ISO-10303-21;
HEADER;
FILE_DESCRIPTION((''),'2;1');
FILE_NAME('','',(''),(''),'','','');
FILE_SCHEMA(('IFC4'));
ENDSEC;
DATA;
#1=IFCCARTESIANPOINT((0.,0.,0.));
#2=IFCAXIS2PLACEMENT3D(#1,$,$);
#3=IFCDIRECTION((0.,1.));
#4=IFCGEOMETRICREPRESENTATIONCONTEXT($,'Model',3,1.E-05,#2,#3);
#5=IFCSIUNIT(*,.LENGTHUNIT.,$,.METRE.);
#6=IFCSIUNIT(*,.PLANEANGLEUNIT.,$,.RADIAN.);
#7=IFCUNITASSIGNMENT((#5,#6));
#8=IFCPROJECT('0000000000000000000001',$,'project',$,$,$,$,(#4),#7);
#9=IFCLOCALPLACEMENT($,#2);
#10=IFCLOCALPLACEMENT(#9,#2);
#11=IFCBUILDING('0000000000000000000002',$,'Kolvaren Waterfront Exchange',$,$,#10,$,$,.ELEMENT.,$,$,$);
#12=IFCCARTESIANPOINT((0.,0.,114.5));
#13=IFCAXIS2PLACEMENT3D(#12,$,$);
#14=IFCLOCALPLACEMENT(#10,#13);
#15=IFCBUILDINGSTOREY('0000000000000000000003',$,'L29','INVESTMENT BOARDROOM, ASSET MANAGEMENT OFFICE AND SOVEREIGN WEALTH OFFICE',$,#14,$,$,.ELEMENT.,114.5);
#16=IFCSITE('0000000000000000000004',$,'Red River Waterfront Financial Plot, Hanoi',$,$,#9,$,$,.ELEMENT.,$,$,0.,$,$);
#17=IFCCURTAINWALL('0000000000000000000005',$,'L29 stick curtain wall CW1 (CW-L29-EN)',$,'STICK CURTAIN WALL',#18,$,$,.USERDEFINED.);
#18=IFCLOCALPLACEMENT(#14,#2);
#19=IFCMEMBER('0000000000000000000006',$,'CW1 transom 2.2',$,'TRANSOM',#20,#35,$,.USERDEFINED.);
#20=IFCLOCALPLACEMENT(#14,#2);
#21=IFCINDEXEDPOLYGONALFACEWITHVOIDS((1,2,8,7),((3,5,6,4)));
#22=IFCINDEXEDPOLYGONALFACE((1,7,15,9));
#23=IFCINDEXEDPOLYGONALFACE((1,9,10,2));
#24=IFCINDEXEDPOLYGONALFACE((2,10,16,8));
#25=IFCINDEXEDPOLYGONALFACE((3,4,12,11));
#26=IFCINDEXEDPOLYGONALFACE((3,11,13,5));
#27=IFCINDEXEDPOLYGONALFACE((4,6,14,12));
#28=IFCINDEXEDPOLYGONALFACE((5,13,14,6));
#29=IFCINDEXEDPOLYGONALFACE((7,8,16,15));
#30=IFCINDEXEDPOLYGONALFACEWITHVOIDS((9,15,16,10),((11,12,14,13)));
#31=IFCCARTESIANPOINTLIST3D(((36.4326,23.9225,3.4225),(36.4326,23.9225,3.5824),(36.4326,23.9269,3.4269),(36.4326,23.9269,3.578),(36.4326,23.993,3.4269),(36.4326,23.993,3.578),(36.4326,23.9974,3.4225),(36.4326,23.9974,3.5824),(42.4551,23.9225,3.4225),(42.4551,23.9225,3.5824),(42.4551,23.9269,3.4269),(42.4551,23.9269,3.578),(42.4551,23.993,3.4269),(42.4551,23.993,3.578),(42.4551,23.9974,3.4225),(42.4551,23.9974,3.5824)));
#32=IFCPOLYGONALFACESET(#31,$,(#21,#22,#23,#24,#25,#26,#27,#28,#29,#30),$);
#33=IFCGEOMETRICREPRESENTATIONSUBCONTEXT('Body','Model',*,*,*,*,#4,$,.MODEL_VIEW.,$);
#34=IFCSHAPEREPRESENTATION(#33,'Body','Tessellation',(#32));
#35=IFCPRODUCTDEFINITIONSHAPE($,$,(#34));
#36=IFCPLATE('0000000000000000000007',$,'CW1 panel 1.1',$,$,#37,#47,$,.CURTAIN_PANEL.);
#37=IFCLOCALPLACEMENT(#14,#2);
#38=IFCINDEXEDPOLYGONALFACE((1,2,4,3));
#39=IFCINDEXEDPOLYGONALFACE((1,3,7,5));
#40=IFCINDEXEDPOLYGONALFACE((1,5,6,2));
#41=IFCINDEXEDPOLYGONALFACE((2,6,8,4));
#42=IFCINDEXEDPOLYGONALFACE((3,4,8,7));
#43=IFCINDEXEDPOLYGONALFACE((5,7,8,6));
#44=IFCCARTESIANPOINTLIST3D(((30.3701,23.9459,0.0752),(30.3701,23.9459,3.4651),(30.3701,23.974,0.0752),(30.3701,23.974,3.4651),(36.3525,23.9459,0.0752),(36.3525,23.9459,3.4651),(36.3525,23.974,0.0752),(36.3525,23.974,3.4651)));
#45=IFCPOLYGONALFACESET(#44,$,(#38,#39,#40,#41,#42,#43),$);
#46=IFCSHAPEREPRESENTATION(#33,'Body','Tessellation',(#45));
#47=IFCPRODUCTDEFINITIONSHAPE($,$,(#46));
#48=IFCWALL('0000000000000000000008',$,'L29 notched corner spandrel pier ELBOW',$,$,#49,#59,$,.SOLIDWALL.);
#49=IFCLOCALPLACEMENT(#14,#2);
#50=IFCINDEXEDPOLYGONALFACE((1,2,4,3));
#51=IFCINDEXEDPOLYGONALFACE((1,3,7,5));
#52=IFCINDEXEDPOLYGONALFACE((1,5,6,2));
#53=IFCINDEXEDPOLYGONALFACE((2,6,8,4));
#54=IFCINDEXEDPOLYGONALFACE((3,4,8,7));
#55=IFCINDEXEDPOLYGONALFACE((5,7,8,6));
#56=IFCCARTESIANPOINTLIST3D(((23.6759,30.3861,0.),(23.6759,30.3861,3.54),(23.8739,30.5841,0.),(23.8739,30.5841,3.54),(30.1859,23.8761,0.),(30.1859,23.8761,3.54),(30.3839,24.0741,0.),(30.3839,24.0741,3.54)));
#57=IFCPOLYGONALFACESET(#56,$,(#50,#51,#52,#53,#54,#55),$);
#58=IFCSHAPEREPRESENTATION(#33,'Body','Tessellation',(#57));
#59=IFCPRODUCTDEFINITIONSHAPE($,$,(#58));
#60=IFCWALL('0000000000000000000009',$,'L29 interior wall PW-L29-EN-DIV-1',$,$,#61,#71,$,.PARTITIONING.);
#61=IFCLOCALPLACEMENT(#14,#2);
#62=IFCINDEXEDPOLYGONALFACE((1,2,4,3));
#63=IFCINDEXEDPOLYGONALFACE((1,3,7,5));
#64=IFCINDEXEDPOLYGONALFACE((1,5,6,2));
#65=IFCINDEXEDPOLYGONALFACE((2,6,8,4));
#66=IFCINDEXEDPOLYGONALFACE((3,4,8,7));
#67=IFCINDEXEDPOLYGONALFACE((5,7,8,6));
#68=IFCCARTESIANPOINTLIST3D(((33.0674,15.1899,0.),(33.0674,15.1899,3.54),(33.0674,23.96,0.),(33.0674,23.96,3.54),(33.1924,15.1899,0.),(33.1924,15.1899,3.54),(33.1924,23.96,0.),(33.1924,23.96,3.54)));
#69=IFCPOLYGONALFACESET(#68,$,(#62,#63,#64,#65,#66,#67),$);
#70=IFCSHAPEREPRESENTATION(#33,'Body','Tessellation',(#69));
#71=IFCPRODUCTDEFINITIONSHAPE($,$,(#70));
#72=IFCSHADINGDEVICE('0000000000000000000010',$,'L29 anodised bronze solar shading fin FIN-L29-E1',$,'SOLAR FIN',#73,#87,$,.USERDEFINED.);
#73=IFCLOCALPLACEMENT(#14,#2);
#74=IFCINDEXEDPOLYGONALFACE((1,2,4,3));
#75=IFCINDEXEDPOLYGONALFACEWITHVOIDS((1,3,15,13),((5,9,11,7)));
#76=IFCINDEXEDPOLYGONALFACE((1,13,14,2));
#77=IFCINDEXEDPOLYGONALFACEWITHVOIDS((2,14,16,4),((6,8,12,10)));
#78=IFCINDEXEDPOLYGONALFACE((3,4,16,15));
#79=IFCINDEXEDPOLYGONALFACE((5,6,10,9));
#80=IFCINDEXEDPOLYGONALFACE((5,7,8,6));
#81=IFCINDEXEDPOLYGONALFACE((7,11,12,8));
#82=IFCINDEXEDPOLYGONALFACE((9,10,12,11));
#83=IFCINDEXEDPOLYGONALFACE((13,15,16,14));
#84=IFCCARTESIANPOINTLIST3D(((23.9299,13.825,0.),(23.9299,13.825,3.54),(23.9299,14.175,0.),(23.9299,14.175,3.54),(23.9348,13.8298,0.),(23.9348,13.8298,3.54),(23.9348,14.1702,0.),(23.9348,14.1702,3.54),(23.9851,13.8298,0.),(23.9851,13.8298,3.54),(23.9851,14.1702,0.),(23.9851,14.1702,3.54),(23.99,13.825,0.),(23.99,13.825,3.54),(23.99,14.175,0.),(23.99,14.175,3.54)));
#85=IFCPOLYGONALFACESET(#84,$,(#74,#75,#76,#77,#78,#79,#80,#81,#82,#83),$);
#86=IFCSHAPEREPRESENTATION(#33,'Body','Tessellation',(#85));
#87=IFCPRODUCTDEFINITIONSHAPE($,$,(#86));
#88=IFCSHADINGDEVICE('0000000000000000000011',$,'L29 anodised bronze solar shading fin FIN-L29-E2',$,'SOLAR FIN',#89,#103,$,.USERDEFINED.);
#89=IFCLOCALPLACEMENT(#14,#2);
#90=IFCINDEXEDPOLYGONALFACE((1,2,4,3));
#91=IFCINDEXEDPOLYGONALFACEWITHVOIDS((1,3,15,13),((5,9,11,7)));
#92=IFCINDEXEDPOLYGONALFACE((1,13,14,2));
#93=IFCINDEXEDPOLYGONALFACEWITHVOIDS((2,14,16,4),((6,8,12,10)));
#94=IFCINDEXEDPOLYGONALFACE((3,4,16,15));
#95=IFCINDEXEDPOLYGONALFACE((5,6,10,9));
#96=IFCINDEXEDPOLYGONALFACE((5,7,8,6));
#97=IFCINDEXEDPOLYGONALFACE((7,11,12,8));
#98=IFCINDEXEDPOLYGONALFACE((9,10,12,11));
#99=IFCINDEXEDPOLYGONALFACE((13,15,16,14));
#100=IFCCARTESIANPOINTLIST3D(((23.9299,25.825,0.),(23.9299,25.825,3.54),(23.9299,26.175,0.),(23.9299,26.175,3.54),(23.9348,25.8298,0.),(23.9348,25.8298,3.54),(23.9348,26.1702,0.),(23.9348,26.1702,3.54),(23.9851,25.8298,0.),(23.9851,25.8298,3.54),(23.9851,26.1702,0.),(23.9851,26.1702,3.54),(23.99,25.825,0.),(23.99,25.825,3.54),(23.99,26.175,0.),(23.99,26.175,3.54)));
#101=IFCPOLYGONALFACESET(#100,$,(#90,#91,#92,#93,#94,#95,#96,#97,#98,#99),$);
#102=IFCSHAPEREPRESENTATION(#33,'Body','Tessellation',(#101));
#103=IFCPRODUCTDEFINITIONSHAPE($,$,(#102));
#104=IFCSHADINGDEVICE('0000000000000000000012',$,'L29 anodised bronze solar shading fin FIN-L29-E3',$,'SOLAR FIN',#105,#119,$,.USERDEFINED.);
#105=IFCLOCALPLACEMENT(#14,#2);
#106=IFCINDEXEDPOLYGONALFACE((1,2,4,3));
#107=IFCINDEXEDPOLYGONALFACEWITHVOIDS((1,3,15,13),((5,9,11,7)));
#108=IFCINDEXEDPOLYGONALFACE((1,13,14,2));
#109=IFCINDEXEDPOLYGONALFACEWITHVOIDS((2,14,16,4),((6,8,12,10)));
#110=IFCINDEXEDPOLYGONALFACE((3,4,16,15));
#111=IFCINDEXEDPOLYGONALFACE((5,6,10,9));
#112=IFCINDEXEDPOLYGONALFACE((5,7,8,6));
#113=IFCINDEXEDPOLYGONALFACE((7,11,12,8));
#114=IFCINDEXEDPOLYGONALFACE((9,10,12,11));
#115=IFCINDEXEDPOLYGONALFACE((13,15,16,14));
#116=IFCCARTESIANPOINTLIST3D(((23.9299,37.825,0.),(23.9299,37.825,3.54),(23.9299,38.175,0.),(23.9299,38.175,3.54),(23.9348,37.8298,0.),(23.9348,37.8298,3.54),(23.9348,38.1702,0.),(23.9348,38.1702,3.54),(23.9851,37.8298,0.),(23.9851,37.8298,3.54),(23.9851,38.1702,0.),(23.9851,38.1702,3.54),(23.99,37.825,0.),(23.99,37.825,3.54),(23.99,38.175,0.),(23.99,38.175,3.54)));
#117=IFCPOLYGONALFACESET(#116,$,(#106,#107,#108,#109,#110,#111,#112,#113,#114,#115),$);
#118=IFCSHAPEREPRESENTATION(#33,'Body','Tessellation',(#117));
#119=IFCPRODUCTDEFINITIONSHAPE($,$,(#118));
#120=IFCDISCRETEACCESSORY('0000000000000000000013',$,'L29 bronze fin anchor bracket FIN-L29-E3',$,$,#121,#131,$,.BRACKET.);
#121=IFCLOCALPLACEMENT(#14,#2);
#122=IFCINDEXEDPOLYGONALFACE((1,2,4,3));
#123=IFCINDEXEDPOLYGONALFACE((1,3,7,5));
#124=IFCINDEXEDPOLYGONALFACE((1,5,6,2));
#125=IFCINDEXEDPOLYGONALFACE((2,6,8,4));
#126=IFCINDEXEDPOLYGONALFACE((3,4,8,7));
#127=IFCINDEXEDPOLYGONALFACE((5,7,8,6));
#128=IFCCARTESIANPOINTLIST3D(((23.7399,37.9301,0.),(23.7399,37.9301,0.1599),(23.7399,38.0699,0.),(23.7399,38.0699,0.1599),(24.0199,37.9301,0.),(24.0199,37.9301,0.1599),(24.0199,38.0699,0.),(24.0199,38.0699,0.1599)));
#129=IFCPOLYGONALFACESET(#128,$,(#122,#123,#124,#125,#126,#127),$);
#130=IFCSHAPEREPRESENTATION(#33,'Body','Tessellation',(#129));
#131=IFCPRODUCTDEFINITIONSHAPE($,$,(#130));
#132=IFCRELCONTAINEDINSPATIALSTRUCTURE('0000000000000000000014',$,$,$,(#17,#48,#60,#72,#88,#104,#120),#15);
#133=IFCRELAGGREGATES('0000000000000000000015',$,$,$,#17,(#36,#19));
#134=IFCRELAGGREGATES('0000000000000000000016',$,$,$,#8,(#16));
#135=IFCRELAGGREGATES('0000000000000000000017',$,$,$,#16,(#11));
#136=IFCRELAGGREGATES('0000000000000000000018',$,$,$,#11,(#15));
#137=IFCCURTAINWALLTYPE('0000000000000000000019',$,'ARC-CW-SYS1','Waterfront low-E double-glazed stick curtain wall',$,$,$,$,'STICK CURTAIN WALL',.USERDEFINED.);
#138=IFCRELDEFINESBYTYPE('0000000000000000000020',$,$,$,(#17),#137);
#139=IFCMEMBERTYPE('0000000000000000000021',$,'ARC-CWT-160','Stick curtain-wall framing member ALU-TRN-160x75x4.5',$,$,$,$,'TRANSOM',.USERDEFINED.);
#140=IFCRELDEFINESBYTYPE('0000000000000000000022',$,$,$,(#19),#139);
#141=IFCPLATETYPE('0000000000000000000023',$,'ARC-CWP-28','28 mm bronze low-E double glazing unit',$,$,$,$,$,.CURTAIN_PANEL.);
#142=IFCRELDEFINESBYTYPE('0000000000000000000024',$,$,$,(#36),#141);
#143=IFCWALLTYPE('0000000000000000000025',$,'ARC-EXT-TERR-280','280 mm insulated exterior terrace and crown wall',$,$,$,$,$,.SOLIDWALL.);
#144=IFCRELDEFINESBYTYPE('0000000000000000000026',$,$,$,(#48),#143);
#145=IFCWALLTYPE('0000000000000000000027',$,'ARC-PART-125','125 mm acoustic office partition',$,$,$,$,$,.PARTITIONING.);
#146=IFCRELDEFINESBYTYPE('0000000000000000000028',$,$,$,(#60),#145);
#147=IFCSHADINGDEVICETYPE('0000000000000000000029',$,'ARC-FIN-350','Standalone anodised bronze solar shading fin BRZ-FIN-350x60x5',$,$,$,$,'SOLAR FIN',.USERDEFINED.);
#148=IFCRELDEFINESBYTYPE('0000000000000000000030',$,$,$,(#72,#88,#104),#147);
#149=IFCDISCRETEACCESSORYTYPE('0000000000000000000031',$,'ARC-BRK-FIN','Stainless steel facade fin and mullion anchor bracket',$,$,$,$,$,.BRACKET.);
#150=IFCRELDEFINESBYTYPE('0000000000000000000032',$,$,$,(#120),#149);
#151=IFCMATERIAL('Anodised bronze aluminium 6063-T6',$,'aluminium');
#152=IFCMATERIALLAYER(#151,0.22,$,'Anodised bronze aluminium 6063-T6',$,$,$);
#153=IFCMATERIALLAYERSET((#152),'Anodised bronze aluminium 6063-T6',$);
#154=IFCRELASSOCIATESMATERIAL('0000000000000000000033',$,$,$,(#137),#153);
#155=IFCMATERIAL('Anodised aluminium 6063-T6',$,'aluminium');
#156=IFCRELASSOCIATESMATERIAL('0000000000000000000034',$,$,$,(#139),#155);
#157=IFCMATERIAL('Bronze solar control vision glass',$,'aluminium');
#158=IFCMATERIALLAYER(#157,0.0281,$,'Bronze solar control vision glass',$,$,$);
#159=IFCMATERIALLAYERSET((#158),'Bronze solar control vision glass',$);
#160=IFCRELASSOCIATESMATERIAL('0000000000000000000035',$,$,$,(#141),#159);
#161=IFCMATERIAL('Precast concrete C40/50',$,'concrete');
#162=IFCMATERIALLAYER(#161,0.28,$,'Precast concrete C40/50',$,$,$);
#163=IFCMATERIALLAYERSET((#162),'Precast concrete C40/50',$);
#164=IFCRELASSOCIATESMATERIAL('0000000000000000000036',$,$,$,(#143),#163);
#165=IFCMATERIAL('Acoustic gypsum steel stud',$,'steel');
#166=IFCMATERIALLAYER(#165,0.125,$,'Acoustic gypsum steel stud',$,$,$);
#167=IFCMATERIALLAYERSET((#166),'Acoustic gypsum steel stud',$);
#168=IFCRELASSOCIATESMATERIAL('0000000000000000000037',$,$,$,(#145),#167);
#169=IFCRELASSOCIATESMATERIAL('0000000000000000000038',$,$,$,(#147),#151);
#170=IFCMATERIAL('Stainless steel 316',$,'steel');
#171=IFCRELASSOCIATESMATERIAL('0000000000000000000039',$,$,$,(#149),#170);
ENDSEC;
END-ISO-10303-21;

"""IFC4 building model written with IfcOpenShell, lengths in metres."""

from ifc_helpers import new_model, si_unit, direction, frame, frame_2d, origin, origin_with_axes, origin_2d, place, context, subcontext, project, spatial, rectangle, hollow_rectangle, extrude, source, transform, mapped, material, layer, layer_set, material_profile, profile_set, type_object, element, aggregate, save


model = new_model("IFC4")

# Units and contexts
model_context = context("Model", 3, precision=1e-05, world=origin(), true_north=direction((0.0, 1.0)))
body_context = subcontext(model_context, "Body", "Model", "MODEL_VIEW")
ifc_project = project(units=[si_unit("LENGTHUNIT", "METRE"), si_unit("PLANEANGLEUNIT", "RADIAN")], contexts=[model_context])

# Site, building, storey
site_placement = place(None, origin())
site = spatial("IfcSite", under=ifc_project, at=site_placement, Name="Red River Waterfront Financial Plot, Hanoi", CompositionType="ELEMENT", RefElevation=0.0)
building_placement = place(site_placement, origin())
building = spatial("IfcBuilding", under=site, at=building_placement, Name="Kolvaren Waterfront Exchange", CompositionType="ELEMENT")
storey_placement = place(building_placement, frame((0.0, 0.0, 114.5)))
storey = spatial("IfcBuildingStorey", under=building, at=storey_placement, Name="L29", Description="INVESTMENT BOARDROOM, ASSET MANAGEMENT OFFICE AND SOVEREIGN WEALTH OFFICE", CompositionType="ELEMENT", Elevation=114.5)

# Curtain wall, member, plate
ifc_material_1 = material(Name="Anodised bronze aluminium 6063-T6", Category="aluminium")
ifc_layer_1 = layer(ifc_material_1, 0.22, Name="Anodised bronze aluminium 6063-T6")
ifc_layer_set_1 = layer_set([ifc_layer_1], Name="Anodised bronze aluminium 6063-T6")
curtain_wall_type = type_object("IfcCurtainWallType", Name="ARC-CW-SYS1", Description="Waterfront low-E double-glazed stick curtain wall", ElementType="STICK CURTAIN WALL", PredefinedType="USERDEFINED", material=ifc_layer_set_1)
curtain_wall_placement = place(storey_placement, origin())
curtain_wall = element("IfcCurtainWall", 1, at=curtain_wall_placement, inside=storey, type_object=curtain_wall_type, Name="L29 stick curtain wall CW1 (CW-L29-EN)", ObjectType="STICK CURTAIN WALL", PredefinedType="USERDEFINED")
ifc_material_2 = material(Name="Anodised aluminium 6063-T6", Category="aluminium")
ifc_material_profile_1 = material_profile(ifc_material_2, hollow_rectangle(XDim=0.075, YDim=0.1599, WallThickness=0.0044, at=origin_2d()), Name="ALU-TRN-160x75x4.5")
ifc_profile_set_1 = profile_set([ifc_material_profile_1], Name="Anodised aluminium 6063-T6")
member_type_1 = type_object("IfcMemberType", Name="ARC-CWT-160", Description="Stick curtain-wall framing member ALU-TRN-160x75x4.5", ElementType="TRANSOM", PredefinedType="USERDEFINED", material=ifc_profile_set_1)
shared_shape_1 = source(origin_with_axes(), body_context, "Body", "SweptSolid", [
    extrude(hollow_rectangle(XDim=0.075, YDim=0.1599, WallThickness=0.0044, at=origin_2d()), origin(), (0.0, 0.0, 1.0), 6.0225),
])
member_1_placement = place(storey_placement, frame((36.4326, 23.96, 3.5024), z_axis=(1.0, 0.0, 0.0), x_axis=(0.0, 1.0, 0.0)))
member_1 = element("IfcMember", 2, at=member_1_placement, type_object=member_type_1, Name="CW1 transom 2.2", ObjectType="TRANSOM", PredefinedType="USERDEFINED", context=body_context, shape_type="MappedRepresentation", body=[
    mapped(shared_shape_1, transform((0.0, 0.0, 0.0), x_axis=(1.0, 0.0, 0.0), y_axis=(0.0, 1.0, 0.0), z_axis=(0.0, 0.0, 1.0), scale=1.0)),
])
ifc_material_3 = material(Name="Bronze solar control vision glass", Category="aluminium")
ifc_layer_2 = layer(ifc_material_3, 0.0281, Name="Bronze solar control vision glass")
ifc_layer_set_2 = layer_set([ifc_layer_2], Name="Bronze solar control vision glass")
plate_type = type_object("IfcPlateType", Name="ARC-CWP-28", Description="28 mm bronze low-E double glazing unit", PredefinedType="CURTAIN_PANEL", material=ifc_layer_set_2)
shared_shape_2 = source(origin_with_axes(), body_context, "Body", "SweptSolid", [
    extrude(rectangle(XDim=5.9824, YDim=0.0281, at=origin_2d()), origin(), (0.0, 0.0, 1.0), 3.3899),
])
plate_placement = place(storey_placement, frame((33.3613, 23.96, 0.0752), z_axis=(0.0, 0.0, 1.0), x_axis=(1.0, 0.0, 0.0)))
plate = element("IfcPlate", 3, at=plate_placement, type_object=plate_type, Name="CW1 panel 1.1", PredefinedType="CURTAIN_PANEL", context=body_context, shape_type="MappedRepresentation", body=[
    mapped(shared_shape_2, transform((0.0, 0.0, 0.0), x_axis=(1.0, 0.0, 0.0), y_axis=(0.0, 1.0, 0.0), z_axis=(0.0, 0.0, 1.0), scale=1.0)),
])
aggregate(curtain_wall, [plate, member_1])

# Walls
ifc_material_4 = material(Name="Precast concrete C40/50", Category="concrete")
ifc_layer_3 = layer(ifc_material_4, 0.28, Name="Precast concrete C40/50")
ifc_layer_set_3 = layer_set([ifc_layer_3], Name="Precast concrete C40/50")
wall_type_1 = type_object("IfcWallType", Name="ARC-EXT-TERR-280", Description="280 mm insulated exterior terrace and crown wall", PredefinedType="SOLIDWALL", material=ifc_layer_set_3)
wall_1_placement = place(storey_placement, frame((30.2849, 23.9751, 0.0), z_axis=(0.0, 0.0, 1.0), x_axis=(-0.707107, 0.707107, 0.0)))
element("IfcWall", 4, at=wall_1_placement, inside=storey, type_object=wall_type_1, Name="L29 notched corner spandrel pier ELBOW", PredefinedType="SOLIDWALL", context=body_context, shape_type="SweptSolid", body=[
    extrude(rectangle(XDim=9.2065, YDim=0.28, at=frame_2d((4.6033, 0.0))), origin(), (0.0, 0.0, 1.0), 3.54),
])
ifc_material_5 = material(Name="Acoustic gypsum steel stud", Category="steel")
ifc_layer_4 = layer(ifc_material_5, 0.125, Name="Acoustic gypsum steel stud")
ifc_layer_set_4 = layer_set([ifc_layer_4], Name="Acoustic gypsum steel stud")
wall_type_2 = type_object("IfcWallType", Name="ARC-PART-125", Description="125 mm acoustic office partition", PredefinedType="PARTITIONING", material=ifc_layer_set_4)
wall_2_placement = place(storey_placement, frame((33.1299, 15.1899, 0.0), z_axis=(0.0, 0.0, 1.0), x_axis=(0.0, 1.0, 0.0)))
element("IfcWall", 5, at=wall_2_placement, inside=storey, type_object=wall_type_2, Name="L29 interior wall PW-L29-EN-DIV-1", PredefinedType="PARTITIONING", context=body_context, shape_type="SweptSolid", body=[
    extrude(rectangle(XDim=8.77, YDim=0.125, at=frame_2d((4.385, 0.0))), origin(), (0.0, 0.0, 1.0), 3.54),
])

# Shading devices
ifc_material_profile_2 = material_profile(ifc_material_1, hollow_rectangle(XDim=0.0601, YDim=0.3501, WallThickness=0.0049, at=origin_2d()), Name="BRZ-FIN-350x60x5")
ifc_profile_set_2 = profile_set([ifc_material_profile_2], Name="Anodised bronze aluminium 6063-T6")
shading_device_type = type_object("IfcShadingDeviceType", Name="ARC-FIN-350", Description="Standalone anodised bronze solar shading fin BRZ-FIN-350x60x5", ElementType="SOLAR FIN", PredefinedType="USERDEFINED", material=ifc_profile_set_2)
for number, where, z_axis, x_axis, name in (
    (6, (23.96, 14.0, 0.0), (0.0, 0.0, 1.0), (1.0, 0.0, 0.0), "L29 anodised bronze solar shading fin FIN-L29-E1"),
    (7, (23.96, 26.0, 0.0), (0.0, 0.0, 1.0), (1.0, 0.0, 0.0), "L29 anodised bronze solar shading fin FIN-L29-E2"),
    (8, (23.96, 38.0, 0.0), (0.0, 0.0, 1.0), (1.0, 0.0, 0.0), "L29 anodised bronze solar shading fin FIN-L29-E3"),
):
    element("IfcShadingDevice", number, at=place(storey_placement, frame(where, z_axis=z_axis, x_axis=x_axis)), inside=storey, type_object=shading_device_type, Name=name, ObjectType="SOLAR FIN", PredefinedType="USERDEFINED", context=body_context, shape_type="SweptSolid", body=[
        extrude(hollow_rectangle(XDim=0.0601, YDim=0.3501, WallThickness=0.0049, at=origin_2d()), origin(), (0.0, 0.0, 1.0), 3.54),
    ])

# Discrete accessory
ifc_material_6 = material(Name="Stainless steel 316", Category="steel")
discrete_accessory_type = type_object("IfcDiscreteAccessoryType", Name="ARC-BRK-FIN", Description="Stainless steel facade fin and mullion anchor bracket", PredefinedType="BRACKET", material=ifc_material_6)
shared_shape_3 = source(origin_with_axes(), body_context, "Body", "SweptSolid", [
    extrude(rectangle(XDim=0.28, YDim=0.1399, at=origin_2d()), origin(), (0.0, 0.0, 1.0), 0.1599),
])
discrete_accessory_placement = place(storey_placement, frame((23.8799, 38.0, 0.0), z_axis=(0.0, 0.0, 1.0), x_axis=(1.0, 0.0, 0.0)))
element("IfcDiscreteAccessory", 9, at=discrete_accessory_placement, inside=storey, type_object=discrete_accessory_type, Name="L29 bronze fin anchor bracket FIN-L29-E3", PredefinedType="BRACKET", context=body_context, shape_type="MappedRepresentation", body=[
    mapped(shared_shape_3, transform((0.0, 0.0, 0.0), x_axis=(1.0, 0.0, 0.0), y_axis=(0.0, 1.0, 0.0), z_axis=(0.0, 0.0, 1.0), scale=1.0)),
])

save(model, "model.ifc")
